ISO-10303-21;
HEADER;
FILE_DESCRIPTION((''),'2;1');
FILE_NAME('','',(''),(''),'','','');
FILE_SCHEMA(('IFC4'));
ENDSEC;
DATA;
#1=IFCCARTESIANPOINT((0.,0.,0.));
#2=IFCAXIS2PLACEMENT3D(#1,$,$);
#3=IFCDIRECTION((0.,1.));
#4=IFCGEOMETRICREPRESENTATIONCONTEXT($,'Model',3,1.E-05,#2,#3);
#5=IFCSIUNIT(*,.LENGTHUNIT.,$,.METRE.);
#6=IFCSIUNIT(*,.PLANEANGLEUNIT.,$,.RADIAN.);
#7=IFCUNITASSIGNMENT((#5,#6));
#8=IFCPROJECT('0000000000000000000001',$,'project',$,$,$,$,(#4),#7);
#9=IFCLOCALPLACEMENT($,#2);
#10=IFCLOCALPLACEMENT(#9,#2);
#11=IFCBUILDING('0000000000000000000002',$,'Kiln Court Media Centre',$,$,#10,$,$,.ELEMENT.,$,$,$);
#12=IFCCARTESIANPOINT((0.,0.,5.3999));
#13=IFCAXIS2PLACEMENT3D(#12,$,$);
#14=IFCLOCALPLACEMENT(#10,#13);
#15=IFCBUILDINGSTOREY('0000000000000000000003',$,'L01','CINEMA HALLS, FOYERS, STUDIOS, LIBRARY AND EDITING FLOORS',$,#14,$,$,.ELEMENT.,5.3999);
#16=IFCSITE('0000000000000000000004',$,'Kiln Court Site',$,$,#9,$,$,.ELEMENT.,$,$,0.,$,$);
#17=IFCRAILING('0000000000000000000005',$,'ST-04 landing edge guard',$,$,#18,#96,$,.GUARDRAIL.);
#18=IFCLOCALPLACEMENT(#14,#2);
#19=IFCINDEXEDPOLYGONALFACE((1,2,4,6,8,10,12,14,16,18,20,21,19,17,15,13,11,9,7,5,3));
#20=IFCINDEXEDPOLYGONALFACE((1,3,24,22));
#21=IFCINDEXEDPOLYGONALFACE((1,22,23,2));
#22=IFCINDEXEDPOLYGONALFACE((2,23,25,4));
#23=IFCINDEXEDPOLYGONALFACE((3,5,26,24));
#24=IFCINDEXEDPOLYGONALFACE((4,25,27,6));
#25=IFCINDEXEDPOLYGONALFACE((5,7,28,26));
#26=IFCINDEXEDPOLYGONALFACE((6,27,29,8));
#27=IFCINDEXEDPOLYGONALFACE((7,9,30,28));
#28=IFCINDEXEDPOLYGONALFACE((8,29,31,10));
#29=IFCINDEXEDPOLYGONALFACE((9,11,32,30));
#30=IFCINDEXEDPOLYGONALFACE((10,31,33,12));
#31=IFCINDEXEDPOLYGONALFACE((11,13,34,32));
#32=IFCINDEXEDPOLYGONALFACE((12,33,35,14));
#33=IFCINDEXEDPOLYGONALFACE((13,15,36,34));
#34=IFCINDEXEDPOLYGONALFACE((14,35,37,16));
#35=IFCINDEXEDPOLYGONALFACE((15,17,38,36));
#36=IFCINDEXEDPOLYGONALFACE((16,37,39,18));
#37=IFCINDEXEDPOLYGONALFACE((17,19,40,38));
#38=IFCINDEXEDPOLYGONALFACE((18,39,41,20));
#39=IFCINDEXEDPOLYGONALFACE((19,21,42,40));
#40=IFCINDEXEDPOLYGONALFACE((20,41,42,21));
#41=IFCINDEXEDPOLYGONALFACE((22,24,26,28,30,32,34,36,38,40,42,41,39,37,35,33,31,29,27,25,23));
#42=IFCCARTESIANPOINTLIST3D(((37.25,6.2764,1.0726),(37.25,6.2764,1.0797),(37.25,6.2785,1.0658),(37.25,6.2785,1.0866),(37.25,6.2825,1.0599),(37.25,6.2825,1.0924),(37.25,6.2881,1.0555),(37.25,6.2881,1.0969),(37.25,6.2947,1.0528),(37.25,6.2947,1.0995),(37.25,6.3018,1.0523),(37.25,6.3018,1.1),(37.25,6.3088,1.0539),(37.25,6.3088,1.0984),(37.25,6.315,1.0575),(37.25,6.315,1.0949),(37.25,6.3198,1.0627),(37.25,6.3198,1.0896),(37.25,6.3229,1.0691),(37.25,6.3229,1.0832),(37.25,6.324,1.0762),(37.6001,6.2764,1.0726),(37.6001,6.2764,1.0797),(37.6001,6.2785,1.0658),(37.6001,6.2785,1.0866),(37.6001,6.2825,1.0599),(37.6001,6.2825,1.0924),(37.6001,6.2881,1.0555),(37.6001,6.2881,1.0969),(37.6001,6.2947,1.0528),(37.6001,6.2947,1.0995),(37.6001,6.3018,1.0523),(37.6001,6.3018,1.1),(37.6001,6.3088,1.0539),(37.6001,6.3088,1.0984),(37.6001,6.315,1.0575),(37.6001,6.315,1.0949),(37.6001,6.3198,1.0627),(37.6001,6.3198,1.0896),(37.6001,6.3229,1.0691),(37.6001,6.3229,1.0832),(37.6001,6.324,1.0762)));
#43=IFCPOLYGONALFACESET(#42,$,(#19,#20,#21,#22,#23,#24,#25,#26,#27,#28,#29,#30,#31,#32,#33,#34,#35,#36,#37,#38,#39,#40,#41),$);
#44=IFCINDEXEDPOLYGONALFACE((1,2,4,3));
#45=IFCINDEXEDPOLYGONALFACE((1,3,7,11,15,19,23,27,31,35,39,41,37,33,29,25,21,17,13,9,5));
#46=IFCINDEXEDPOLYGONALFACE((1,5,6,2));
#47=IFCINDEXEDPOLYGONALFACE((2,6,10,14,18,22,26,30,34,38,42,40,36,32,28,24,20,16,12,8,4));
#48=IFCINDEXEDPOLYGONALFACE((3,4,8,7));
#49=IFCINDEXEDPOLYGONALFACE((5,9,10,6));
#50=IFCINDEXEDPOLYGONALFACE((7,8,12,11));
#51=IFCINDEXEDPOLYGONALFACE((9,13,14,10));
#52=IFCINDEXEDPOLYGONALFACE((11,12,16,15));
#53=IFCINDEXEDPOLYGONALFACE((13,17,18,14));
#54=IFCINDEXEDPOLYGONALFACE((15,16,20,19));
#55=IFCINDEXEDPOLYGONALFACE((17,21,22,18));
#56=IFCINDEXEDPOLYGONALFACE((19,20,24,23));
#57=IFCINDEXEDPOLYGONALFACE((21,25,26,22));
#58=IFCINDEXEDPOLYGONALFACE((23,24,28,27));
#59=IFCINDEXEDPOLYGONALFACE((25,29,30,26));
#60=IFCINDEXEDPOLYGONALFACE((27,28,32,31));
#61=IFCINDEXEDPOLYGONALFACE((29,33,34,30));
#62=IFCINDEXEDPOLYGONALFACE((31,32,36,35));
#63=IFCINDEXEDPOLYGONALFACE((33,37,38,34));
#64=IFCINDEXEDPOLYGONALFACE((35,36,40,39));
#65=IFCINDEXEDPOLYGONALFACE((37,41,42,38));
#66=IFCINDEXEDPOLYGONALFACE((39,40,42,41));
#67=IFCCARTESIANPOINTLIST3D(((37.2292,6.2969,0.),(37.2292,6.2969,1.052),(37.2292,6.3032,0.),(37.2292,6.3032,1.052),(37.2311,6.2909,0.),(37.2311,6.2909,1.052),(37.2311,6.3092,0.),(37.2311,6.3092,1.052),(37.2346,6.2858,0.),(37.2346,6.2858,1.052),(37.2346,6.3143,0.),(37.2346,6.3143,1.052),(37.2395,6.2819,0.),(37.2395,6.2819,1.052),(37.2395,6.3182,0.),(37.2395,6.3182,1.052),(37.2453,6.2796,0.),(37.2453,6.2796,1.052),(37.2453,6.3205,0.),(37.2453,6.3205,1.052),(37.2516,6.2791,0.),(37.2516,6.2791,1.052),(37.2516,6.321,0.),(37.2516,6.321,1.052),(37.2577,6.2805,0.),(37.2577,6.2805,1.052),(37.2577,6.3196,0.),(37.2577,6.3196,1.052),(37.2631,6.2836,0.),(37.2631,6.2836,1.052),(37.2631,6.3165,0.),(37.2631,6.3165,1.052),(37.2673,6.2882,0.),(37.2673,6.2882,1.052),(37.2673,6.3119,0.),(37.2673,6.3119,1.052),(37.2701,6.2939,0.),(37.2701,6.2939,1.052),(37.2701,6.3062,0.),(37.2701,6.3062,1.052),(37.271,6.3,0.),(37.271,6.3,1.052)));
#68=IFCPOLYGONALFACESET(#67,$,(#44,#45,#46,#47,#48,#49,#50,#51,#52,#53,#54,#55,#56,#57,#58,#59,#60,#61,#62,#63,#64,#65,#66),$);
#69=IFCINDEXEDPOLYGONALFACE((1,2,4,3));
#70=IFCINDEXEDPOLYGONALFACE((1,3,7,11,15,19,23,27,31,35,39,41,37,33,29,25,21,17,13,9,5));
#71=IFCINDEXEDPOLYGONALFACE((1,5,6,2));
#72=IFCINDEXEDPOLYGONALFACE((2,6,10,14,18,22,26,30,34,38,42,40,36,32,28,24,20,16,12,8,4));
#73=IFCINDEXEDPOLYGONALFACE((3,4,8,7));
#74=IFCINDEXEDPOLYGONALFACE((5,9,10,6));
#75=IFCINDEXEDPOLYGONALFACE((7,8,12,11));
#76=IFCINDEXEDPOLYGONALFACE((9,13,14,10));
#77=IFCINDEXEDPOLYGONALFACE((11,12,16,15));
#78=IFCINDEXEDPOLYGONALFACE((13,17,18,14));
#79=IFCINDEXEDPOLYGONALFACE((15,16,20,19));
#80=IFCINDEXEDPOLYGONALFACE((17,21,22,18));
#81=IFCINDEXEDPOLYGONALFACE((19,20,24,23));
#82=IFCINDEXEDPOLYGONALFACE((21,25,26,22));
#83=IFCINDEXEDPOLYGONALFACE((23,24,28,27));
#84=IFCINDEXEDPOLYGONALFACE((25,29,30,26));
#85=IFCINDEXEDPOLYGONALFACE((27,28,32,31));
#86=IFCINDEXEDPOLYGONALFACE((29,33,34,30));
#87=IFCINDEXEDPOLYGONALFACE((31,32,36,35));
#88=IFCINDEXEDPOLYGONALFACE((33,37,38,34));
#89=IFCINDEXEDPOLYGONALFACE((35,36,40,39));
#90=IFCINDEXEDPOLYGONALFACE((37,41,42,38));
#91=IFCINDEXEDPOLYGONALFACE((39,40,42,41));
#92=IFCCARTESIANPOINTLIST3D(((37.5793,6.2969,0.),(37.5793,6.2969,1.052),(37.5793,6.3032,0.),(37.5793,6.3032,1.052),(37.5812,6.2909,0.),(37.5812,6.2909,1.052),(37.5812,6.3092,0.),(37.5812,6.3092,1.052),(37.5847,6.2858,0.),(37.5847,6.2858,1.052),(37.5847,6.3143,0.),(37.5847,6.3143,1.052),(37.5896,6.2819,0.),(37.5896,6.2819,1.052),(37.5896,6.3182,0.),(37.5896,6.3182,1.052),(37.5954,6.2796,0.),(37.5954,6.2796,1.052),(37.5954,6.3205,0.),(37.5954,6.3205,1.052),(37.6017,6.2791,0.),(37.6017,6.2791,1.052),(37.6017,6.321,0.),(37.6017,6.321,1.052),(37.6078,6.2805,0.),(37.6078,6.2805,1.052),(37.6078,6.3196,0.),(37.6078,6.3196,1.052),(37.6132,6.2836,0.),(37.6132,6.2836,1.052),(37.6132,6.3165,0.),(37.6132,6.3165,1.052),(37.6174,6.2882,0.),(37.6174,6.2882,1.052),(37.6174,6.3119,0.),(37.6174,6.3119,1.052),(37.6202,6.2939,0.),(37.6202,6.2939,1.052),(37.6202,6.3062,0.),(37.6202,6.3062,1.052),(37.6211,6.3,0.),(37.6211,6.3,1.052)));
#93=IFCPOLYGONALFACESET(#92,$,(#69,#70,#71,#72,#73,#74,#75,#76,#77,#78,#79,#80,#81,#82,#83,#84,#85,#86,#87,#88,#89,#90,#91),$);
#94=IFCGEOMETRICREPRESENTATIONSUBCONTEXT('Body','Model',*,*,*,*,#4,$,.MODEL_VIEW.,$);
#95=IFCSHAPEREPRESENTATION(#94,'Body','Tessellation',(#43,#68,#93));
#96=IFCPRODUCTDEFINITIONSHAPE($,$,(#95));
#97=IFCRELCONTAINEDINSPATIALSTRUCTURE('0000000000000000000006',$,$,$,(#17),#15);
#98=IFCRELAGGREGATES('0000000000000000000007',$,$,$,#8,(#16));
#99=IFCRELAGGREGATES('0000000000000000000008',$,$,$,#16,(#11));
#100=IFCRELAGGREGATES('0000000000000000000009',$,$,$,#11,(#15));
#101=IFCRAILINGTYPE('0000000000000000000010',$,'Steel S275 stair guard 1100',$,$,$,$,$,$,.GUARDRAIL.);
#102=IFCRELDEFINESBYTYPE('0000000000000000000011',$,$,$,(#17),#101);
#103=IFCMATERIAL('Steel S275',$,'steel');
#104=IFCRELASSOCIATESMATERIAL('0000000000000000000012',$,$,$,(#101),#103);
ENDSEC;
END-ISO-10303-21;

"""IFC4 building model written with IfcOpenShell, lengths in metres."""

from ifc_helpers import new_model, si_unit, direction, frame, origin, origin_2d, place, context, subcontext, project, spatial, circle, extrude, material, type_object, element, save


model = new_model("IFC4")

# Units and contexts
model_context = context("Model", 3, precision=1e-05, world=origin(), true_north=direction((0.0, 1.0)))
body_context = subcontext(model_context, "Body", "Model", "MODEL_VIEW")
ifc_project = project(units=[si_unit("LENGTHUNIT", "METRE"), si_unit("PLANEANGLEUNIT", "RADIAN")], contexts=[model_context])

# Site, building, storey
site_placement = place(None, origin())
site = spatial("IfcSite", under=ifc_project, at=site_placement, Name="Kiln Court Site", CompositionType="ELEMENT", RefElevation=0.0)
building_placement = place(site_placement, origin())
building = spatial("IfcBuilding", under=site, at=building_placement, Name="Kiln Court Media Centre", CompositionType="ELEMENT")
storey_placement = place(building_placement, frame((0.0, 0.0, 5.3999)))
storey = spatial("IfcBuildingStorey", under=building, at=storey_placement, Name="L01", Description="CINEMA HALLS, FOYERS, STUDIOS, LIBRARY AND EDITING FLOORS", CompositionType="ELEMENT", Elevation=5.3999)

# Railing
ifc_material_1 = material(Name="Steel S275", Category="steel")
railing_type_1 = type_object("IfcRailingType", Name="Steel S275 stair guard 1100", PredefinedType="GUARDRAIL", material=ifc_material_1)
for number, where, name in (
    (1, (37.25, 6.3, 0.0), "ST-04 landing edge guard"),
):
    element("IfcRailing", number, at=place(storey_placement, frame(where)), inside=storey, type_object=railing_type_1, Name=name, PredefinedType="GUARDRAIL", context=body_context, shape_type="SweptSolid", body=[
        extrude(circle(Radius=0.0239, at=origin_2d()), frame((0.0, 0.0, 1.0762), z_axis=(1.0, 0.0, 0.0), x_axis=(0.0, 1.0, 0.0)), (0.0, 0.0, 1.0), 0.3501),
        extrude(circle(Radius=0.021, at=origin_2d()), origin(), (0.0, 0.0, 1.0), 1.052),
        extrude(circle(Radius=0.021, at=origin_2d()), frame((0.3501, 0.0, 0.0)), (0.0, 0.0, 1.0), 1.052),
    ])

save(model, "model.ifc")
